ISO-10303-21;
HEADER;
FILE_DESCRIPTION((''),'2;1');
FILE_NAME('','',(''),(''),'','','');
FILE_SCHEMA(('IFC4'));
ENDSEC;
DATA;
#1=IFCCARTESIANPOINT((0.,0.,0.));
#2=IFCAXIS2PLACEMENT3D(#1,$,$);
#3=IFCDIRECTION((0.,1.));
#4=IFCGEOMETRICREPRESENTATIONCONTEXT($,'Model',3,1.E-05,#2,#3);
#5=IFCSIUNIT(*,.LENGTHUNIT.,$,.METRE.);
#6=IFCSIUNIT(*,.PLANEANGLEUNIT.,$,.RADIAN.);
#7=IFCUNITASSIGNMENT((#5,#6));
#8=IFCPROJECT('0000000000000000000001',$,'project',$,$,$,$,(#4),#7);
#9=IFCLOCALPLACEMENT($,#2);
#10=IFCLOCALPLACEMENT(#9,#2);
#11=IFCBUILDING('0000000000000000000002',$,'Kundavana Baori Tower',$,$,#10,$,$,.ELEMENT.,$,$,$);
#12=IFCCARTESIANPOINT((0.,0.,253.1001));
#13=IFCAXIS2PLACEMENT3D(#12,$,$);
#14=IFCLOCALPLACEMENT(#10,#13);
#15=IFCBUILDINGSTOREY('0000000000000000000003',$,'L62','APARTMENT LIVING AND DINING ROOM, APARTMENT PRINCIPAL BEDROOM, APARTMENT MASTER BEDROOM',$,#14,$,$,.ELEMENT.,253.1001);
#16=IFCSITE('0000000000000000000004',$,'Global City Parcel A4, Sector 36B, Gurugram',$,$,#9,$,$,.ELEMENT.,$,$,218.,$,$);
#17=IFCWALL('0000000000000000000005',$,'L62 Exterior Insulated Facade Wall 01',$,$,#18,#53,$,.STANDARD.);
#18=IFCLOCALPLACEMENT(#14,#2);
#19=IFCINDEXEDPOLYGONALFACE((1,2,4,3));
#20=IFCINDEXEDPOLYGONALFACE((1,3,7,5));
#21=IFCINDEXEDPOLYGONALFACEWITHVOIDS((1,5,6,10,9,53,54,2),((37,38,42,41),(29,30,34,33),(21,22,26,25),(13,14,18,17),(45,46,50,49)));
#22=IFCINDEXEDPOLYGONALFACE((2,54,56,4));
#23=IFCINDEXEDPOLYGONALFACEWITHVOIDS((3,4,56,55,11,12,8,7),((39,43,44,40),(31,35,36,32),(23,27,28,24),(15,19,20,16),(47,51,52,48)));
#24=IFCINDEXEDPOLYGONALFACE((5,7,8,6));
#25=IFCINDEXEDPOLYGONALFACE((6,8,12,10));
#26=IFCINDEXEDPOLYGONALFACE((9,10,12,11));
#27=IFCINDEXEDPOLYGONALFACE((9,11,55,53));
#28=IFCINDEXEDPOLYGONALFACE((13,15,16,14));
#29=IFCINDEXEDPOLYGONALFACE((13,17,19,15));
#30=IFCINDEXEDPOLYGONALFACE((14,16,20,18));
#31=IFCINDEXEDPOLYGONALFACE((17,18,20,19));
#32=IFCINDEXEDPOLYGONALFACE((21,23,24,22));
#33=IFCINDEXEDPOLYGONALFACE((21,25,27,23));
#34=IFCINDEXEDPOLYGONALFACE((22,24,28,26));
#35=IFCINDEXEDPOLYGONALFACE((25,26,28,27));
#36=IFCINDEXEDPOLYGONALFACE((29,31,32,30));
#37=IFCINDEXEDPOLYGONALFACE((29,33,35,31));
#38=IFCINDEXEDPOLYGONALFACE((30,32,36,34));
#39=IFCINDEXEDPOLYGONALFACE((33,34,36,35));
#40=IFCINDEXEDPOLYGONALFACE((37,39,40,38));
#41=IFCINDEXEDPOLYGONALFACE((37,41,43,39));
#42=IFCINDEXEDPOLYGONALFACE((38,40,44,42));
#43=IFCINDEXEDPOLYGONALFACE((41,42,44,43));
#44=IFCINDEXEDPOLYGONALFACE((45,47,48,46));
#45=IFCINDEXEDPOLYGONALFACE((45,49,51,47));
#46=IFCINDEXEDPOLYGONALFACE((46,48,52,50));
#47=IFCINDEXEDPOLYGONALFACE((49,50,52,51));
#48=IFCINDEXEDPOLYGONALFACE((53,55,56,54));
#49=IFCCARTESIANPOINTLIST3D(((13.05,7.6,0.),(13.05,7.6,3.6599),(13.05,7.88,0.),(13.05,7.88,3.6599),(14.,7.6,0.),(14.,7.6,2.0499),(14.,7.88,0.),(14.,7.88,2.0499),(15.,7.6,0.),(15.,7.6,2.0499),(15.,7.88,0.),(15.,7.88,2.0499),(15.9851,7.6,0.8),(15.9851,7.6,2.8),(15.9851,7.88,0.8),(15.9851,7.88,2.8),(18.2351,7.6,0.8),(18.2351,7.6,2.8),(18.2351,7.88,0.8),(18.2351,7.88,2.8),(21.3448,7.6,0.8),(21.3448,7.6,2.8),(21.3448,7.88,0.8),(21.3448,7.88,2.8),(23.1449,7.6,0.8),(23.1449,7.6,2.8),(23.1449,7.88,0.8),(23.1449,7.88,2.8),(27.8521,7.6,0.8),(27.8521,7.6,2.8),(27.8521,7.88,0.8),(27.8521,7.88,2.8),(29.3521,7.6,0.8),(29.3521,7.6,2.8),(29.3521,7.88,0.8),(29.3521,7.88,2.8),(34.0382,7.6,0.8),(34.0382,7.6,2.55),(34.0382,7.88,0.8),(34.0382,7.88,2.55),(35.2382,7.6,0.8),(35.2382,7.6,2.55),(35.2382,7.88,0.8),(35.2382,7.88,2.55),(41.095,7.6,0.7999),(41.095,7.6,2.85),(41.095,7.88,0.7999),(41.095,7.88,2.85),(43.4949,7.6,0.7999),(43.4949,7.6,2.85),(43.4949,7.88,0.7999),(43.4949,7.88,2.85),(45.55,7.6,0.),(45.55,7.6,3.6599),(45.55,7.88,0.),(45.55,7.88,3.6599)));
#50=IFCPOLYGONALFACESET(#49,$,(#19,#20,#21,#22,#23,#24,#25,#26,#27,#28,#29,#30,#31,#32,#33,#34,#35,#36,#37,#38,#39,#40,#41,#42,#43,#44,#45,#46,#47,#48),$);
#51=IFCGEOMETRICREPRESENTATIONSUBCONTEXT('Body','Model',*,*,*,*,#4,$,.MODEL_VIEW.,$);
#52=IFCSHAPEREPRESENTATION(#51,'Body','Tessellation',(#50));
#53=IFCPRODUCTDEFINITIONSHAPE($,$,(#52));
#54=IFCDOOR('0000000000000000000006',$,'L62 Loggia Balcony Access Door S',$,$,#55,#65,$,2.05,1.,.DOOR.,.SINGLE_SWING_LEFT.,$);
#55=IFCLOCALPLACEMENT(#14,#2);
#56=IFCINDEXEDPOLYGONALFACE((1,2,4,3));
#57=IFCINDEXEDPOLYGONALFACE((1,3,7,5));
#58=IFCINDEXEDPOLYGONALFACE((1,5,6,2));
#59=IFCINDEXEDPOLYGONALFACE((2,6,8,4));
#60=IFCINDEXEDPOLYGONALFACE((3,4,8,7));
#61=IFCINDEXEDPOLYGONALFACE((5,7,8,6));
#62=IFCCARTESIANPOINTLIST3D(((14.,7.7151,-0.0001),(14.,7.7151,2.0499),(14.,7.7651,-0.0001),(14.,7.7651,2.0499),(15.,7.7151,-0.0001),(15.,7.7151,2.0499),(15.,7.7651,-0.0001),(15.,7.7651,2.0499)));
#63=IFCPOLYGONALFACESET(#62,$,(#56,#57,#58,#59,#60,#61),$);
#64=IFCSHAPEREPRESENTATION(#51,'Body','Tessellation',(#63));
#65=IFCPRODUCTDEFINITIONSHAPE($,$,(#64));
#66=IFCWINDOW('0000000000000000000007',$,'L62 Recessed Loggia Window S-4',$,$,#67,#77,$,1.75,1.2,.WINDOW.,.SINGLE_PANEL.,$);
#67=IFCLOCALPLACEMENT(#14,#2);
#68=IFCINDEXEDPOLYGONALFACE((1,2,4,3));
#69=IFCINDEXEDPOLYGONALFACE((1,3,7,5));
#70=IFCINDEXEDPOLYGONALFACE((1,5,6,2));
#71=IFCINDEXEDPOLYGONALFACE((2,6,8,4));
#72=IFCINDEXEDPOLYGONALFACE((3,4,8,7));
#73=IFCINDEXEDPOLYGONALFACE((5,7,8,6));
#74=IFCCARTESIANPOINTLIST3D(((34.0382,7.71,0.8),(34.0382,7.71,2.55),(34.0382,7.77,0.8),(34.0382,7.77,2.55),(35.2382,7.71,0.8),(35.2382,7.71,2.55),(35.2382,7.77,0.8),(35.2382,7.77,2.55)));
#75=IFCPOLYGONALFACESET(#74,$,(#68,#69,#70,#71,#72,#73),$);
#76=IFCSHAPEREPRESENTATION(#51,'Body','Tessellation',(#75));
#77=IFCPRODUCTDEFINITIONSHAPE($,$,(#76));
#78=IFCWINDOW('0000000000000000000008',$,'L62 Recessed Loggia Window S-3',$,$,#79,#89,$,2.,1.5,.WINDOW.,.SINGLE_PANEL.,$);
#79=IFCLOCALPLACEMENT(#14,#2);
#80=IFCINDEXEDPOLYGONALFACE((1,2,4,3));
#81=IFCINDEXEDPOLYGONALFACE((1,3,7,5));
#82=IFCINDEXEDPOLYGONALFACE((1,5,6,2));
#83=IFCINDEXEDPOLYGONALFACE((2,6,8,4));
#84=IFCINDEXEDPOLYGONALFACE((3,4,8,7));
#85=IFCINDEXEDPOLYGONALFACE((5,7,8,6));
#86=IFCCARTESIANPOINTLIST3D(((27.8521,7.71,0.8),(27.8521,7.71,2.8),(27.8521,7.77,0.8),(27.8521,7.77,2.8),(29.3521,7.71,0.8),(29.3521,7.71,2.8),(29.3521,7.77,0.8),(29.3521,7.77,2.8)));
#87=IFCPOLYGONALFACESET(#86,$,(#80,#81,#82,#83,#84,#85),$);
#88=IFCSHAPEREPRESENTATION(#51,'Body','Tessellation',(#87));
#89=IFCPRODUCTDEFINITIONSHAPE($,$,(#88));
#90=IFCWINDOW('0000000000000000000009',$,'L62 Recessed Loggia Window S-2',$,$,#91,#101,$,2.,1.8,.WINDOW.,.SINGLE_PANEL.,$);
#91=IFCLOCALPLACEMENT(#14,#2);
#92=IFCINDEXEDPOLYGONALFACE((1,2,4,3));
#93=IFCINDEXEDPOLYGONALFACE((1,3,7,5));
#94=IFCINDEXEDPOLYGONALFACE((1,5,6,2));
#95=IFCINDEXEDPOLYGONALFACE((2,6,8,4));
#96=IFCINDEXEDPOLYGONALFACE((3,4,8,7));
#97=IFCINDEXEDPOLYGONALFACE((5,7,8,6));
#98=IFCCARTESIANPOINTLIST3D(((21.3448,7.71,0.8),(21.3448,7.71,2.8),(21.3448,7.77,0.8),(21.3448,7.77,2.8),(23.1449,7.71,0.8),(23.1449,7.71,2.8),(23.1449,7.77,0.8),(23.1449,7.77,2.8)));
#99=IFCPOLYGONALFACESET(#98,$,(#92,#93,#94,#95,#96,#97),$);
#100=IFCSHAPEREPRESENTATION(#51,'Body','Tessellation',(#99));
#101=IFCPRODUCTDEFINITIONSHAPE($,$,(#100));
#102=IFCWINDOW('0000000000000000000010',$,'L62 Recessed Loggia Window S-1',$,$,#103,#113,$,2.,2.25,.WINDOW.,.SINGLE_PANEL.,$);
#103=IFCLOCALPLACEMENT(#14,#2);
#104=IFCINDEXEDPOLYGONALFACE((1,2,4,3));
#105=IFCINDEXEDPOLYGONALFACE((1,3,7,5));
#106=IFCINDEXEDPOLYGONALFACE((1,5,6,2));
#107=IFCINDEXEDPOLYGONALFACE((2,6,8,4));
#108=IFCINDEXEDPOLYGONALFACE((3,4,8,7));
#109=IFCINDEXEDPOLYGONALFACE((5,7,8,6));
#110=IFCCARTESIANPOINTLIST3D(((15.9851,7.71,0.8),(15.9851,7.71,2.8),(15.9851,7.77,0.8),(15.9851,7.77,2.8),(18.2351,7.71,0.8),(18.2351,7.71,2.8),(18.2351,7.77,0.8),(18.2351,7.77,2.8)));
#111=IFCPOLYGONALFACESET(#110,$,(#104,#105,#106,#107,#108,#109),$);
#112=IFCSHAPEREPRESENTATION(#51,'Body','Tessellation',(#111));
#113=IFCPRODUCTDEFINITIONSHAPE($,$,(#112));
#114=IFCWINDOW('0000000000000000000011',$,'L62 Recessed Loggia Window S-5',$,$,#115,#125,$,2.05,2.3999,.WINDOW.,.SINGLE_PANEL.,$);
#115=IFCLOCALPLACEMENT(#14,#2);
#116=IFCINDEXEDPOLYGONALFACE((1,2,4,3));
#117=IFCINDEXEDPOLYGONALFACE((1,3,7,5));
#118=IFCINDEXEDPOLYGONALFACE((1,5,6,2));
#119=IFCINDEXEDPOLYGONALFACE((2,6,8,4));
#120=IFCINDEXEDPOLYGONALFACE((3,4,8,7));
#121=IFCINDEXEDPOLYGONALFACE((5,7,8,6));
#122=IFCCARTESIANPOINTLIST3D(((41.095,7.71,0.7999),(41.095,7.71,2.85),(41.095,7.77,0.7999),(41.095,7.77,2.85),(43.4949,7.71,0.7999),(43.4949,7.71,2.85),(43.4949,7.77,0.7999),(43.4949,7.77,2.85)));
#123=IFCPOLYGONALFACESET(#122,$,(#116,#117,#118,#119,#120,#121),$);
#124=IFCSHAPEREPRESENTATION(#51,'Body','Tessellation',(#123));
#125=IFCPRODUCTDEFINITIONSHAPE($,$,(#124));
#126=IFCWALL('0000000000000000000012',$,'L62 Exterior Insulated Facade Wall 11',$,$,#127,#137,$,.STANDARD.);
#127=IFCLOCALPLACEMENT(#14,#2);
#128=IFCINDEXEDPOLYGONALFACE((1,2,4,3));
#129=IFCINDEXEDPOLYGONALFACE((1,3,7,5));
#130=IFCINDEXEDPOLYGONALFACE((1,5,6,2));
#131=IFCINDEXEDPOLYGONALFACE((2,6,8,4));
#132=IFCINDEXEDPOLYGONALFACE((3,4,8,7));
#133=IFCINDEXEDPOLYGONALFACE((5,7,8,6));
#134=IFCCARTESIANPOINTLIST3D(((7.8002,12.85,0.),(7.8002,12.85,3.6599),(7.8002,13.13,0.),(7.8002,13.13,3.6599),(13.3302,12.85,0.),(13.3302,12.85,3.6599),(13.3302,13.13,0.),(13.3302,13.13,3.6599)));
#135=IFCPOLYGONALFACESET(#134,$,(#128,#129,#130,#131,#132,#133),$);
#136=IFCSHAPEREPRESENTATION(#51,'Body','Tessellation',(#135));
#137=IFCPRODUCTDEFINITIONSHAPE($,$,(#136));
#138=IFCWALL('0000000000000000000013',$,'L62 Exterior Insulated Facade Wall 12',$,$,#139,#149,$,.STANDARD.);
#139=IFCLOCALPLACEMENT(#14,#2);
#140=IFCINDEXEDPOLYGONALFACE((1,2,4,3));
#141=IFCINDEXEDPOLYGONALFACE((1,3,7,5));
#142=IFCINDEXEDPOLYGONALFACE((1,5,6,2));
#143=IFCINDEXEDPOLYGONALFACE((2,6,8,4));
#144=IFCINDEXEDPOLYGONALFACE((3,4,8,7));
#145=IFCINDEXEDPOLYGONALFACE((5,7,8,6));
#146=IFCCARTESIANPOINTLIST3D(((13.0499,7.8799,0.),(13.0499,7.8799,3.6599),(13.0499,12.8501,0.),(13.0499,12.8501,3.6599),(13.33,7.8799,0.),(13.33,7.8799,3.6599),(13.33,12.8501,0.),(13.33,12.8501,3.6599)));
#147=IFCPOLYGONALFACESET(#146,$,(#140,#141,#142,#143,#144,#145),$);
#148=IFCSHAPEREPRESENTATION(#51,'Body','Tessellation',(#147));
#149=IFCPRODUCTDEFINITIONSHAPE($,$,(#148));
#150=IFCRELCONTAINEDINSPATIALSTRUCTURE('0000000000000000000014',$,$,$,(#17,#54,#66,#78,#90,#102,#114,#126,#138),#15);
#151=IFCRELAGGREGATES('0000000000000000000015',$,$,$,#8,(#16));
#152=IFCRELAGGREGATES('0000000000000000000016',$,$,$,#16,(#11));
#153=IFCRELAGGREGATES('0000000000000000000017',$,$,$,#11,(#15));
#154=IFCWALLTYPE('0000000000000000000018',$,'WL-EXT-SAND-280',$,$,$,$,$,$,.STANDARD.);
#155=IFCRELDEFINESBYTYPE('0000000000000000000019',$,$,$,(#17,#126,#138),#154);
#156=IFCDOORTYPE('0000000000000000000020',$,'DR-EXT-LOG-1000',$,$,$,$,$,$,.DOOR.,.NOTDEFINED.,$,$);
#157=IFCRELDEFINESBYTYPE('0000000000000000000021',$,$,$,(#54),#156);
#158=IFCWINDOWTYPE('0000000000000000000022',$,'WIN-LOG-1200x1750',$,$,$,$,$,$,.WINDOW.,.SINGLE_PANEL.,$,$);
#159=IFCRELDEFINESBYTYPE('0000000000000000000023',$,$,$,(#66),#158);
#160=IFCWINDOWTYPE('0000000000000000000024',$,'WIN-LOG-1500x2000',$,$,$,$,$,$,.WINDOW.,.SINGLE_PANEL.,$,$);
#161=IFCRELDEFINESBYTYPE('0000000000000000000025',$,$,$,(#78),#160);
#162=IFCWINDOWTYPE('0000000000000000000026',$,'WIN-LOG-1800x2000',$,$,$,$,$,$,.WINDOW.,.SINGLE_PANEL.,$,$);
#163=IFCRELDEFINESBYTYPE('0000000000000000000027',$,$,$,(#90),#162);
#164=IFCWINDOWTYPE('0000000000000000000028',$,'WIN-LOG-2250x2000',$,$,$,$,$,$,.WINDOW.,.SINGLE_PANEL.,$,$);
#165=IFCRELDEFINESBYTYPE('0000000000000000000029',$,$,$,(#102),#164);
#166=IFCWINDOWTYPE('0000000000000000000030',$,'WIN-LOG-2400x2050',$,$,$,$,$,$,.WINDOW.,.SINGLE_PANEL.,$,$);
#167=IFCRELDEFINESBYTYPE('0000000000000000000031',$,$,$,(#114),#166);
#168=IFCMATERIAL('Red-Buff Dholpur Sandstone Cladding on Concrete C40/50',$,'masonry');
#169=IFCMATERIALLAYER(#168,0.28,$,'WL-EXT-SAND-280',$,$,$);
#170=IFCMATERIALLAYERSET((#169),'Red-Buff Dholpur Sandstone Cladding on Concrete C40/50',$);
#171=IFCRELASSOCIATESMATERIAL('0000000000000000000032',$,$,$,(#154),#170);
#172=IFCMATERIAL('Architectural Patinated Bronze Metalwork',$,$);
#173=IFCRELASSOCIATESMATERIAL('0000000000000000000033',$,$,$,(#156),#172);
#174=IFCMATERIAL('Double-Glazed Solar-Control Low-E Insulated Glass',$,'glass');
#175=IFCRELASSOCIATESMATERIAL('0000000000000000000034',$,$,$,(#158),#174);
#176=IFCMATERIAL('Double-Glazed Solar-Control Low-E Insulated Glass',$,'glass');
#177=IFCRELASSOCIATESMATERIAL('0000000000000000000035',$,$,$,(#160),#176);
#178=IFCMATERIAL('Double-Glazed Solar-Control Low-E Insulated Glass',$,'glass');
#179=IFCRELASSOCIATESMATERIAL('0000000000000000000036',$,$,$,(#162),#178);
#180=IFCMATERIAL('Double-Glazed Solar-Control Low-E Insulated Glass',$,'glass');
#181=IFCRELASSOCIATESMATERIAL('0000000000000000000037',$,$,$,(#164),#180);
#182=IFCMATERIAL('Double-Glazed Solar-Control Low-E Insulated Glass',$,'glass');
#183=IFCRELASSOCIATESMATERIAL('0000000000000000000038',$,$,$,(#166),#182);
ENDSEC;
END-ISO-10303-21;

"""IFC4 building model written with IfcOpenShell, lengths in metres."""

from ifc_helpers import new_model, si_unit, direction, frame, frame_2d, origin, place, context, subcontext, project, spatial, rectangle, extrude, material, layer, layer_set, type_object, element, fill, save


model = new_model("IFC4")

# Units and contexts
model_context = context("Model", 3, precision=1e-05, world=origin(), true_north=direction((0.0, 1.0)))
body_context = subcontext(model_context, "Body", "Model", "MODEL_VIEW")
ifc_project = project(units=[si_unit("LENGTHUNIT", "METRE"), si_unit("PLANEANGLEUNIT", "RADIAN")], contexts=[model_context])

# Site, building, storey
site_placement = place(None, origin())
site = spatial("IfcSite", under=ifc_project, at=site_placement, Name="Global City Parcel A4, Sector 36B, Gurugram", CompositionType="ELEMENT", RefElevation=218.0)
building_placement = place(site_placement, origin())
building = spatial("IfcBuilding", under=site, at=building_placement, Name="Kundavana Baori Tower", CompositionType="ELEMENT")
storey_placement = place(building_placement, frame((0.0, 0.0, 253.1001)))
storey = spatial("IfcBuildingStorey", under=building, at=storey_placement, Name="L62", Description="APARTMENT LIVING AND DINING ROOM, APARTMENT PRINCIPAL BEDROOM, APARTMENT MASTER BEDROOM", CompositionType="ELEMENT", Elevation=253.1001)

# Wall, openings, door, windows
ifc_material_1 = material(Name="Red-Buff Dholpur Sandstone Cladding on Concrete C40/50", Category="masonry")
ifc_layer_1 = layer(ifc_material_1, 0.28, Name="WL-EXT-SAND-280")
ifc_layer_set_1 = layer_set([ifc_layer_1], Name="Red-Buff Dholpur Sandstone Cladding on Concrete C40/50")
wall_type_1 = type_object("IfcWallType", Name="WL-EXT-SAND-280", PredefinedType="STANDARD", material=ifc_layer_set_1)
wall_1_placement = place(storey_placement, frame((13.05, 7.74, 0.0), z_axis=(0.0, 0.0, 1.0), x_axis=(1.0, 0.0, 0.0)))
wall_1 = element("IfcWall", 1, at=wall_1_placement, inside=storey, type_object=wall_type_1, Name="L62 Exterior Insulated Facade Wall 01", PredefinedType="STANDARD", context=body_context, shape_type="SweptSolid", body=[
    extrude(rectangle(XDim=32.5, YDim=0.28, at=frame_2d((16.25, 0.0))), origin(), (0.0, 0.0, 1.0), 3.6599),
])
opening_1_placement = place(wall_1_placement, frame((0.95, 0.0, 0.0)))
opening_1 = element("IfcOpeningElement", 2, at=opening_1_placement, cuts=wall_1, PredefinedType="OPENING", context=body_context, shape_type="SweptSolid", body=[
    extrude(rectangle(XDim=1.0, YDim=2.05, at=frame_2d((0.5, 1.0249))), frame((0.0, 0.1499, 0.0), z_axis=(0.0, -1.0, 0.0), x_axis=(1.0, 0.0, 0.0)), (0.0, 0.0, 1.0), 0.3),
])
opening_2_placement = place(wall_1_placement, frame((2.9351, 0.0, 0.8)))
opening_2 = element("IfcOpeningElement", 3, at=opening_2_placement, cuts=wall_1, PredefinedType="OPENING", context=body_context, shape_type="SweptSolid", body=[
    extrude(rectangle(XDim=2.25, YDim=2.0, at=frame_2d((1.125, 1.0))), frame((0.0, 0.1499, 0.0), z_axis=(0.0, -1.0, 0.0), x_axis=(1.0, 0.0, 0.0)), (0.0, 0.0, 1.0), 0.3),
])
opening_3_placement = place(wall_1_placement, frame((8.2949, 0.0, 0.8)))
opening_3 = element("IfcOpeningElement", 4, at=opening_3_placement, cuts=wall_1, PredefinedType="OPENING", context=body_context, shape_type="SweptSolid", body=[
    extrude(rectangle(XDim=1.8, YDim=2.0, at=frame_2d((0.8999, 1.0))), frame((0.0, 0.1499, 0.0), z_axis=(0.0, -1.0, 0.0), x_axis=(1.0, 0.0, 0.0)), (0.0, 0.0, 1.0), 0.3),
])
opening_4_placement = place(wall_1_placement, frame((14.802, 0.0, 0.8)))
opening_4 = element("IfcOpeningElement", 5, at=opening_4_placement, cuts=wall_1, PredefinedType="OPENING", context=body_context, shape_type="SweptSolid", body=[
    extrude(rectangle(XDim=1.5, YDim=2.0, at=frame_2d((0.75, 1.0))), frame((0.0, 0.1499, 0.0), z_axis=(0.0, -1.0, 0.0), x_axis=(1.0, 0.0, 0.0)), (0.0, 0.0, 1.0), 0.3),
])
opening_5_placement = place(wall_1_placement, frame((20.988, 0.0, 0.8)))
opening_5 = element("IfcOpeningElement", 6, at=opening_5_placement, cuts=wall_1, PredefinedType="OPENING", context=body_context, shape_type="SweptSolid", body=[
    extrude(rectangle(XDim=1.2, YDim=1.75, at=frame_2d((0.6001, 0.875))), frame((0.0, 0.1499, 0.0), z_axis=(0.0, -1.0, 0.0), x_axis=(1.0, 0.0, 0.0)), (0.0, 0.0, 1.0), 0.3),
])
opening_6_placement = place(wall_1_placement, frame((28.0449, 0.0, 0.8)))
opening_6 = element("IfcOpeningElement", 7, at=opening_6_placement, cuts=wall_1, PredefinedType="OPENING", context=body_context, shape_type="SweptSolid", body=[
    extrude(rectangle(XDim=2.3999, YDim=2.05, at=frame_2d((1.2, 1.0249))), frame((0.0, 0.1499, 0.0), z_axis=(0.0, -1.0, 0.0), x_axis=(1.0, 0.0, 0.0)), (0.0, 0.0, 1.0), 0.3),
])
ifc_material_2 = material(Name="Architectural Patinated Bronze Metalwork")
door_type_1 = type_object("IfcDoorType", Name="DR-EXT-LOG-1000", OperationType="NOTDEFINED", PredefinedType="DOOR", material=ifc_material_2)
door_1_placement = place(opening_1_placement, frame((1.0, 0.0, 0.0), z_axis=(0.0, 0.0, 1.0), x_axis=(-1.0, 0.0, 0.0)))
door_1 = element("IfcDoor", 8, at=door_1_placement, inside=storey, type_object=door_type_1, Name="L62 Loggia Balcony Access Door S", OperationType="SINGLE_SWING_LEFT", OverallHeight=2.05, OverallWidth=1.0, PredefinedType="DOOR", context=body_context, shape_type="SweptSolid", body=[
    extrude(rectangle(XDim=1.0, YDim=2.05, at=frame_2d((0.5, 1.0249))), frame((0.0, 0.0249, 0.0), z_axis=(0.0, -1.0, 0.0), x_axis=(1.0, 0.0, 0.0)), (0.0, 0.0, 1.0), 0.05),
])
fill(opening_1, door_1)
ifc_material_3 = material(Name="Double-Glazed Solar-Control Low-E Insulated Glass", Category="glass")
window_type_1 = type_object("IfcWindowType", Name="WIN-LOG-1200x1750", PartitioningType="SINGLE_PANEL", PredefinedType="WINDOW", material=ifc_material_3)
window_1_placement = place(opening_5_placement, origin())
window_1 = element("IfcWindow", 9, at=window_1_placement, inside=storey, type_object=window_type_1, Name="L62 Recessed Loggia Window S-4", OverallHeight=1.75, OverallWidth=1.2, PartitioningType="SINGLE_PANEL", PredefinedType="WINDOW", context=body_context, shape_type="SweptSolid", body=[
    extrude(rectangle(XDim=1.2, YDim=1.75, at=frame_2d((0.6001, 0.875))), frame((0.0, 0.03, 0.0), z_axis=(0.0, -1.0, 0.0), x_axis=(1.0, 0.0, 0.0)), (0.0, 0.0, 1.0), 0.0601),
])
fill(opening_5, window_1)
ifc_material_4 = material(Name="Double-Glazed Solar-Control Low-E Insulated Glass", Category="glass")
window_type_2 = type_object("IfcWindowType", Name="WIN-LOG-1500x2000", PartitioningType="SINGLE_PANEL", PredefinedType="WINDOW", material=ifc_material_4)
window_2_placement = place(opening_4_placement, origin())
window_2 = element("IfcWindow", 10, at=window_2_placement, inside=storey, type_object=window_type_2, Name="L62 Recessed Loggia Window S-3", OverallHeight=2.0, OverallWidth=1.5, PartitioningType="SINGLE_PANEL", PredefinedType="WINDOW", context=body_context, shape_type="SweptSolid", body=[
    extrude(rectangle(XDim=1.5, YDim=2.0, at=frame_2d((0.75, 1.0))), frame((0.0, 0.03, 0.0), z_axis=(0.0, -1.0, 0.0), x_axis=(1.0, 0.0, 0.0)), (0.0, 0.0, 1.0), 0.0601),
])
fill(opening_4, window_2)
ifc_material_5 = material(Name="Double-Glazed Solar-Control Low-E Insulated Glass", Category="glass")
window_type_3 = type_object("IfcWindowType", Name="WIN-LOG-1800x2000", PartitioningType="SINGLE_PANEL", PredefinedType="WINDOW", material=ifc_material_5)
window_3_placement = place(opening_3_placement, origin())
window_3 = element("IfcWindow", 11, at=window_3_placement, inside=storey, type_object=window_type_3, Name="L62 Recessed Loggia Window S-2", OverallHeight=2.0, OverallWidth=1.8, PartitioningType="SINGLE_PANEL", PredefinedType="WINDOW", context=body_context, shape_type="SweptSolid", body=[
    extrude(rectangle(XDim=1.8, YDim=2.0, at=frame_2d((0.8999, 1.0))), frame((0.0, 0.03, 0.0), z_axis=(0.0, -1.0, 0.0), x_axis=(1.0, 0.0, 0.0)), (0.0, 0.0, 1.0), 0.0601),
])
fill(opening_3, window_3)
ifc_material_6 = material(Name="Double-Glazed Solar-Control Low-E Insulated Glass", Category="glass")
window_type_4 = type_object("IfcWindowType", Name="WIN-LOG-2250x2000", PartitioningType="SINGLE_PANEL", PredefinedType="WINDOW", material=ifc_material_6)
window_4_placement = place(opening_2_placement, origin())
window_4 = element("IfcWindow", 12, at=window_4_placement, inside=storey, type_object=window_type_4, Name="L62 Recessed Loggia Window S-1", OverallHeight=2.0, OverallWidth=2.25, PartitioningType="SINGLE_PANEL", PredefinedType="WINDOW", context=body_context, shape_type="SweptSolid", body=[
    extrude(rectangle(XDim=2.25, YDim=2.0, at=frame_2d((1.125, 1.0))), frame((0.0, 0.03, 0.0), z_axis=(0.0, -1.0, 0.0), x_axis=(1.0, 0.0, 0.0)), (0.0, 0.0, 1.0), 0.0601),
])
fill(opening_2, window_4)
ifc_material_7 = material(Name="Double-Glazed Solar-Control Low-E Insulated Glass", Category="glass")
window_type_5 = type_object("IfcWindowType", Name="WIN-LOG-2400x2050", PartitioningType="SINGLE_PANEL", PredefinedType="WINDOW", material=ifc_material_7)
window_5_placement = place(opening_6_placement, origin())
window_5 = element("IfcWindow", 13, at=window_5_placement, inside=storey, type_object=window_type_5, Name="L62 Recessed Loggia Window S-5", OverallHeight=2.05, OverallWidth=2.3999, PartitioningType="SINGLE_PANEL", PredefinedType="WINDOW", context=body_context, shape_type="SweptSolid", body=[
    extrude(rectangle(XDim=2.3999, YDim=2.05, at=frame_2d((1.2, 1.0249))), frame((0.0, 0.03, 0.0), z_axis=(0.0, -1.0, 0.0), x_axis=(1.0, 0.0, 0.0)), (0.0, 0.0, 1.0), 0.0601),
])
fill(opening_6, window_5)

# Walls
wall_2_placement = place(storey_placement, frame((7.8, 12.99, 0.0), z_axis=(0.0, 0.0, 1.0), x_axis=(1.0, 0.0, 0.0)))
element("IfcWall", 14, at=wall_2_placement, inside=storey, type_object=wall_type_1, Name="L62 Exterior Insulated Facade Wall 11", PredefinedType="STANDARD", context=body_context, shape_type="SweptSolid", body=[
    extrude(rectangle(XDim=5.53, YDim=0.28, at=frame_2d((2.7651, 0.0))), origin(), (0.0, 0.0, 1.0), 3.6599),
])
wall_3_placement = place(storey_placement, frame((13.1899, 12.8501, 0.0), z_axis=(0.0, 0.0, 1.0), x_axis=(0.0, -1.0, 0.0)))
element("IfcWall", 15, at=wall_3_placement, inside=storey, type_object=wall_type_1, Name="L62 Exterior Insulated Facade Wall 12", PredefinedType="STANDARD", context=body_context, shape_type="SweptSolid", body=[
    extrude(rectangle(XDim=4.9702, YDim=0.28, at=frame_2d((2.4851, 0.0))), origin(), (0.0, 0.0, 1.0), 3.6599),
])

save(model, "model.ifc")
